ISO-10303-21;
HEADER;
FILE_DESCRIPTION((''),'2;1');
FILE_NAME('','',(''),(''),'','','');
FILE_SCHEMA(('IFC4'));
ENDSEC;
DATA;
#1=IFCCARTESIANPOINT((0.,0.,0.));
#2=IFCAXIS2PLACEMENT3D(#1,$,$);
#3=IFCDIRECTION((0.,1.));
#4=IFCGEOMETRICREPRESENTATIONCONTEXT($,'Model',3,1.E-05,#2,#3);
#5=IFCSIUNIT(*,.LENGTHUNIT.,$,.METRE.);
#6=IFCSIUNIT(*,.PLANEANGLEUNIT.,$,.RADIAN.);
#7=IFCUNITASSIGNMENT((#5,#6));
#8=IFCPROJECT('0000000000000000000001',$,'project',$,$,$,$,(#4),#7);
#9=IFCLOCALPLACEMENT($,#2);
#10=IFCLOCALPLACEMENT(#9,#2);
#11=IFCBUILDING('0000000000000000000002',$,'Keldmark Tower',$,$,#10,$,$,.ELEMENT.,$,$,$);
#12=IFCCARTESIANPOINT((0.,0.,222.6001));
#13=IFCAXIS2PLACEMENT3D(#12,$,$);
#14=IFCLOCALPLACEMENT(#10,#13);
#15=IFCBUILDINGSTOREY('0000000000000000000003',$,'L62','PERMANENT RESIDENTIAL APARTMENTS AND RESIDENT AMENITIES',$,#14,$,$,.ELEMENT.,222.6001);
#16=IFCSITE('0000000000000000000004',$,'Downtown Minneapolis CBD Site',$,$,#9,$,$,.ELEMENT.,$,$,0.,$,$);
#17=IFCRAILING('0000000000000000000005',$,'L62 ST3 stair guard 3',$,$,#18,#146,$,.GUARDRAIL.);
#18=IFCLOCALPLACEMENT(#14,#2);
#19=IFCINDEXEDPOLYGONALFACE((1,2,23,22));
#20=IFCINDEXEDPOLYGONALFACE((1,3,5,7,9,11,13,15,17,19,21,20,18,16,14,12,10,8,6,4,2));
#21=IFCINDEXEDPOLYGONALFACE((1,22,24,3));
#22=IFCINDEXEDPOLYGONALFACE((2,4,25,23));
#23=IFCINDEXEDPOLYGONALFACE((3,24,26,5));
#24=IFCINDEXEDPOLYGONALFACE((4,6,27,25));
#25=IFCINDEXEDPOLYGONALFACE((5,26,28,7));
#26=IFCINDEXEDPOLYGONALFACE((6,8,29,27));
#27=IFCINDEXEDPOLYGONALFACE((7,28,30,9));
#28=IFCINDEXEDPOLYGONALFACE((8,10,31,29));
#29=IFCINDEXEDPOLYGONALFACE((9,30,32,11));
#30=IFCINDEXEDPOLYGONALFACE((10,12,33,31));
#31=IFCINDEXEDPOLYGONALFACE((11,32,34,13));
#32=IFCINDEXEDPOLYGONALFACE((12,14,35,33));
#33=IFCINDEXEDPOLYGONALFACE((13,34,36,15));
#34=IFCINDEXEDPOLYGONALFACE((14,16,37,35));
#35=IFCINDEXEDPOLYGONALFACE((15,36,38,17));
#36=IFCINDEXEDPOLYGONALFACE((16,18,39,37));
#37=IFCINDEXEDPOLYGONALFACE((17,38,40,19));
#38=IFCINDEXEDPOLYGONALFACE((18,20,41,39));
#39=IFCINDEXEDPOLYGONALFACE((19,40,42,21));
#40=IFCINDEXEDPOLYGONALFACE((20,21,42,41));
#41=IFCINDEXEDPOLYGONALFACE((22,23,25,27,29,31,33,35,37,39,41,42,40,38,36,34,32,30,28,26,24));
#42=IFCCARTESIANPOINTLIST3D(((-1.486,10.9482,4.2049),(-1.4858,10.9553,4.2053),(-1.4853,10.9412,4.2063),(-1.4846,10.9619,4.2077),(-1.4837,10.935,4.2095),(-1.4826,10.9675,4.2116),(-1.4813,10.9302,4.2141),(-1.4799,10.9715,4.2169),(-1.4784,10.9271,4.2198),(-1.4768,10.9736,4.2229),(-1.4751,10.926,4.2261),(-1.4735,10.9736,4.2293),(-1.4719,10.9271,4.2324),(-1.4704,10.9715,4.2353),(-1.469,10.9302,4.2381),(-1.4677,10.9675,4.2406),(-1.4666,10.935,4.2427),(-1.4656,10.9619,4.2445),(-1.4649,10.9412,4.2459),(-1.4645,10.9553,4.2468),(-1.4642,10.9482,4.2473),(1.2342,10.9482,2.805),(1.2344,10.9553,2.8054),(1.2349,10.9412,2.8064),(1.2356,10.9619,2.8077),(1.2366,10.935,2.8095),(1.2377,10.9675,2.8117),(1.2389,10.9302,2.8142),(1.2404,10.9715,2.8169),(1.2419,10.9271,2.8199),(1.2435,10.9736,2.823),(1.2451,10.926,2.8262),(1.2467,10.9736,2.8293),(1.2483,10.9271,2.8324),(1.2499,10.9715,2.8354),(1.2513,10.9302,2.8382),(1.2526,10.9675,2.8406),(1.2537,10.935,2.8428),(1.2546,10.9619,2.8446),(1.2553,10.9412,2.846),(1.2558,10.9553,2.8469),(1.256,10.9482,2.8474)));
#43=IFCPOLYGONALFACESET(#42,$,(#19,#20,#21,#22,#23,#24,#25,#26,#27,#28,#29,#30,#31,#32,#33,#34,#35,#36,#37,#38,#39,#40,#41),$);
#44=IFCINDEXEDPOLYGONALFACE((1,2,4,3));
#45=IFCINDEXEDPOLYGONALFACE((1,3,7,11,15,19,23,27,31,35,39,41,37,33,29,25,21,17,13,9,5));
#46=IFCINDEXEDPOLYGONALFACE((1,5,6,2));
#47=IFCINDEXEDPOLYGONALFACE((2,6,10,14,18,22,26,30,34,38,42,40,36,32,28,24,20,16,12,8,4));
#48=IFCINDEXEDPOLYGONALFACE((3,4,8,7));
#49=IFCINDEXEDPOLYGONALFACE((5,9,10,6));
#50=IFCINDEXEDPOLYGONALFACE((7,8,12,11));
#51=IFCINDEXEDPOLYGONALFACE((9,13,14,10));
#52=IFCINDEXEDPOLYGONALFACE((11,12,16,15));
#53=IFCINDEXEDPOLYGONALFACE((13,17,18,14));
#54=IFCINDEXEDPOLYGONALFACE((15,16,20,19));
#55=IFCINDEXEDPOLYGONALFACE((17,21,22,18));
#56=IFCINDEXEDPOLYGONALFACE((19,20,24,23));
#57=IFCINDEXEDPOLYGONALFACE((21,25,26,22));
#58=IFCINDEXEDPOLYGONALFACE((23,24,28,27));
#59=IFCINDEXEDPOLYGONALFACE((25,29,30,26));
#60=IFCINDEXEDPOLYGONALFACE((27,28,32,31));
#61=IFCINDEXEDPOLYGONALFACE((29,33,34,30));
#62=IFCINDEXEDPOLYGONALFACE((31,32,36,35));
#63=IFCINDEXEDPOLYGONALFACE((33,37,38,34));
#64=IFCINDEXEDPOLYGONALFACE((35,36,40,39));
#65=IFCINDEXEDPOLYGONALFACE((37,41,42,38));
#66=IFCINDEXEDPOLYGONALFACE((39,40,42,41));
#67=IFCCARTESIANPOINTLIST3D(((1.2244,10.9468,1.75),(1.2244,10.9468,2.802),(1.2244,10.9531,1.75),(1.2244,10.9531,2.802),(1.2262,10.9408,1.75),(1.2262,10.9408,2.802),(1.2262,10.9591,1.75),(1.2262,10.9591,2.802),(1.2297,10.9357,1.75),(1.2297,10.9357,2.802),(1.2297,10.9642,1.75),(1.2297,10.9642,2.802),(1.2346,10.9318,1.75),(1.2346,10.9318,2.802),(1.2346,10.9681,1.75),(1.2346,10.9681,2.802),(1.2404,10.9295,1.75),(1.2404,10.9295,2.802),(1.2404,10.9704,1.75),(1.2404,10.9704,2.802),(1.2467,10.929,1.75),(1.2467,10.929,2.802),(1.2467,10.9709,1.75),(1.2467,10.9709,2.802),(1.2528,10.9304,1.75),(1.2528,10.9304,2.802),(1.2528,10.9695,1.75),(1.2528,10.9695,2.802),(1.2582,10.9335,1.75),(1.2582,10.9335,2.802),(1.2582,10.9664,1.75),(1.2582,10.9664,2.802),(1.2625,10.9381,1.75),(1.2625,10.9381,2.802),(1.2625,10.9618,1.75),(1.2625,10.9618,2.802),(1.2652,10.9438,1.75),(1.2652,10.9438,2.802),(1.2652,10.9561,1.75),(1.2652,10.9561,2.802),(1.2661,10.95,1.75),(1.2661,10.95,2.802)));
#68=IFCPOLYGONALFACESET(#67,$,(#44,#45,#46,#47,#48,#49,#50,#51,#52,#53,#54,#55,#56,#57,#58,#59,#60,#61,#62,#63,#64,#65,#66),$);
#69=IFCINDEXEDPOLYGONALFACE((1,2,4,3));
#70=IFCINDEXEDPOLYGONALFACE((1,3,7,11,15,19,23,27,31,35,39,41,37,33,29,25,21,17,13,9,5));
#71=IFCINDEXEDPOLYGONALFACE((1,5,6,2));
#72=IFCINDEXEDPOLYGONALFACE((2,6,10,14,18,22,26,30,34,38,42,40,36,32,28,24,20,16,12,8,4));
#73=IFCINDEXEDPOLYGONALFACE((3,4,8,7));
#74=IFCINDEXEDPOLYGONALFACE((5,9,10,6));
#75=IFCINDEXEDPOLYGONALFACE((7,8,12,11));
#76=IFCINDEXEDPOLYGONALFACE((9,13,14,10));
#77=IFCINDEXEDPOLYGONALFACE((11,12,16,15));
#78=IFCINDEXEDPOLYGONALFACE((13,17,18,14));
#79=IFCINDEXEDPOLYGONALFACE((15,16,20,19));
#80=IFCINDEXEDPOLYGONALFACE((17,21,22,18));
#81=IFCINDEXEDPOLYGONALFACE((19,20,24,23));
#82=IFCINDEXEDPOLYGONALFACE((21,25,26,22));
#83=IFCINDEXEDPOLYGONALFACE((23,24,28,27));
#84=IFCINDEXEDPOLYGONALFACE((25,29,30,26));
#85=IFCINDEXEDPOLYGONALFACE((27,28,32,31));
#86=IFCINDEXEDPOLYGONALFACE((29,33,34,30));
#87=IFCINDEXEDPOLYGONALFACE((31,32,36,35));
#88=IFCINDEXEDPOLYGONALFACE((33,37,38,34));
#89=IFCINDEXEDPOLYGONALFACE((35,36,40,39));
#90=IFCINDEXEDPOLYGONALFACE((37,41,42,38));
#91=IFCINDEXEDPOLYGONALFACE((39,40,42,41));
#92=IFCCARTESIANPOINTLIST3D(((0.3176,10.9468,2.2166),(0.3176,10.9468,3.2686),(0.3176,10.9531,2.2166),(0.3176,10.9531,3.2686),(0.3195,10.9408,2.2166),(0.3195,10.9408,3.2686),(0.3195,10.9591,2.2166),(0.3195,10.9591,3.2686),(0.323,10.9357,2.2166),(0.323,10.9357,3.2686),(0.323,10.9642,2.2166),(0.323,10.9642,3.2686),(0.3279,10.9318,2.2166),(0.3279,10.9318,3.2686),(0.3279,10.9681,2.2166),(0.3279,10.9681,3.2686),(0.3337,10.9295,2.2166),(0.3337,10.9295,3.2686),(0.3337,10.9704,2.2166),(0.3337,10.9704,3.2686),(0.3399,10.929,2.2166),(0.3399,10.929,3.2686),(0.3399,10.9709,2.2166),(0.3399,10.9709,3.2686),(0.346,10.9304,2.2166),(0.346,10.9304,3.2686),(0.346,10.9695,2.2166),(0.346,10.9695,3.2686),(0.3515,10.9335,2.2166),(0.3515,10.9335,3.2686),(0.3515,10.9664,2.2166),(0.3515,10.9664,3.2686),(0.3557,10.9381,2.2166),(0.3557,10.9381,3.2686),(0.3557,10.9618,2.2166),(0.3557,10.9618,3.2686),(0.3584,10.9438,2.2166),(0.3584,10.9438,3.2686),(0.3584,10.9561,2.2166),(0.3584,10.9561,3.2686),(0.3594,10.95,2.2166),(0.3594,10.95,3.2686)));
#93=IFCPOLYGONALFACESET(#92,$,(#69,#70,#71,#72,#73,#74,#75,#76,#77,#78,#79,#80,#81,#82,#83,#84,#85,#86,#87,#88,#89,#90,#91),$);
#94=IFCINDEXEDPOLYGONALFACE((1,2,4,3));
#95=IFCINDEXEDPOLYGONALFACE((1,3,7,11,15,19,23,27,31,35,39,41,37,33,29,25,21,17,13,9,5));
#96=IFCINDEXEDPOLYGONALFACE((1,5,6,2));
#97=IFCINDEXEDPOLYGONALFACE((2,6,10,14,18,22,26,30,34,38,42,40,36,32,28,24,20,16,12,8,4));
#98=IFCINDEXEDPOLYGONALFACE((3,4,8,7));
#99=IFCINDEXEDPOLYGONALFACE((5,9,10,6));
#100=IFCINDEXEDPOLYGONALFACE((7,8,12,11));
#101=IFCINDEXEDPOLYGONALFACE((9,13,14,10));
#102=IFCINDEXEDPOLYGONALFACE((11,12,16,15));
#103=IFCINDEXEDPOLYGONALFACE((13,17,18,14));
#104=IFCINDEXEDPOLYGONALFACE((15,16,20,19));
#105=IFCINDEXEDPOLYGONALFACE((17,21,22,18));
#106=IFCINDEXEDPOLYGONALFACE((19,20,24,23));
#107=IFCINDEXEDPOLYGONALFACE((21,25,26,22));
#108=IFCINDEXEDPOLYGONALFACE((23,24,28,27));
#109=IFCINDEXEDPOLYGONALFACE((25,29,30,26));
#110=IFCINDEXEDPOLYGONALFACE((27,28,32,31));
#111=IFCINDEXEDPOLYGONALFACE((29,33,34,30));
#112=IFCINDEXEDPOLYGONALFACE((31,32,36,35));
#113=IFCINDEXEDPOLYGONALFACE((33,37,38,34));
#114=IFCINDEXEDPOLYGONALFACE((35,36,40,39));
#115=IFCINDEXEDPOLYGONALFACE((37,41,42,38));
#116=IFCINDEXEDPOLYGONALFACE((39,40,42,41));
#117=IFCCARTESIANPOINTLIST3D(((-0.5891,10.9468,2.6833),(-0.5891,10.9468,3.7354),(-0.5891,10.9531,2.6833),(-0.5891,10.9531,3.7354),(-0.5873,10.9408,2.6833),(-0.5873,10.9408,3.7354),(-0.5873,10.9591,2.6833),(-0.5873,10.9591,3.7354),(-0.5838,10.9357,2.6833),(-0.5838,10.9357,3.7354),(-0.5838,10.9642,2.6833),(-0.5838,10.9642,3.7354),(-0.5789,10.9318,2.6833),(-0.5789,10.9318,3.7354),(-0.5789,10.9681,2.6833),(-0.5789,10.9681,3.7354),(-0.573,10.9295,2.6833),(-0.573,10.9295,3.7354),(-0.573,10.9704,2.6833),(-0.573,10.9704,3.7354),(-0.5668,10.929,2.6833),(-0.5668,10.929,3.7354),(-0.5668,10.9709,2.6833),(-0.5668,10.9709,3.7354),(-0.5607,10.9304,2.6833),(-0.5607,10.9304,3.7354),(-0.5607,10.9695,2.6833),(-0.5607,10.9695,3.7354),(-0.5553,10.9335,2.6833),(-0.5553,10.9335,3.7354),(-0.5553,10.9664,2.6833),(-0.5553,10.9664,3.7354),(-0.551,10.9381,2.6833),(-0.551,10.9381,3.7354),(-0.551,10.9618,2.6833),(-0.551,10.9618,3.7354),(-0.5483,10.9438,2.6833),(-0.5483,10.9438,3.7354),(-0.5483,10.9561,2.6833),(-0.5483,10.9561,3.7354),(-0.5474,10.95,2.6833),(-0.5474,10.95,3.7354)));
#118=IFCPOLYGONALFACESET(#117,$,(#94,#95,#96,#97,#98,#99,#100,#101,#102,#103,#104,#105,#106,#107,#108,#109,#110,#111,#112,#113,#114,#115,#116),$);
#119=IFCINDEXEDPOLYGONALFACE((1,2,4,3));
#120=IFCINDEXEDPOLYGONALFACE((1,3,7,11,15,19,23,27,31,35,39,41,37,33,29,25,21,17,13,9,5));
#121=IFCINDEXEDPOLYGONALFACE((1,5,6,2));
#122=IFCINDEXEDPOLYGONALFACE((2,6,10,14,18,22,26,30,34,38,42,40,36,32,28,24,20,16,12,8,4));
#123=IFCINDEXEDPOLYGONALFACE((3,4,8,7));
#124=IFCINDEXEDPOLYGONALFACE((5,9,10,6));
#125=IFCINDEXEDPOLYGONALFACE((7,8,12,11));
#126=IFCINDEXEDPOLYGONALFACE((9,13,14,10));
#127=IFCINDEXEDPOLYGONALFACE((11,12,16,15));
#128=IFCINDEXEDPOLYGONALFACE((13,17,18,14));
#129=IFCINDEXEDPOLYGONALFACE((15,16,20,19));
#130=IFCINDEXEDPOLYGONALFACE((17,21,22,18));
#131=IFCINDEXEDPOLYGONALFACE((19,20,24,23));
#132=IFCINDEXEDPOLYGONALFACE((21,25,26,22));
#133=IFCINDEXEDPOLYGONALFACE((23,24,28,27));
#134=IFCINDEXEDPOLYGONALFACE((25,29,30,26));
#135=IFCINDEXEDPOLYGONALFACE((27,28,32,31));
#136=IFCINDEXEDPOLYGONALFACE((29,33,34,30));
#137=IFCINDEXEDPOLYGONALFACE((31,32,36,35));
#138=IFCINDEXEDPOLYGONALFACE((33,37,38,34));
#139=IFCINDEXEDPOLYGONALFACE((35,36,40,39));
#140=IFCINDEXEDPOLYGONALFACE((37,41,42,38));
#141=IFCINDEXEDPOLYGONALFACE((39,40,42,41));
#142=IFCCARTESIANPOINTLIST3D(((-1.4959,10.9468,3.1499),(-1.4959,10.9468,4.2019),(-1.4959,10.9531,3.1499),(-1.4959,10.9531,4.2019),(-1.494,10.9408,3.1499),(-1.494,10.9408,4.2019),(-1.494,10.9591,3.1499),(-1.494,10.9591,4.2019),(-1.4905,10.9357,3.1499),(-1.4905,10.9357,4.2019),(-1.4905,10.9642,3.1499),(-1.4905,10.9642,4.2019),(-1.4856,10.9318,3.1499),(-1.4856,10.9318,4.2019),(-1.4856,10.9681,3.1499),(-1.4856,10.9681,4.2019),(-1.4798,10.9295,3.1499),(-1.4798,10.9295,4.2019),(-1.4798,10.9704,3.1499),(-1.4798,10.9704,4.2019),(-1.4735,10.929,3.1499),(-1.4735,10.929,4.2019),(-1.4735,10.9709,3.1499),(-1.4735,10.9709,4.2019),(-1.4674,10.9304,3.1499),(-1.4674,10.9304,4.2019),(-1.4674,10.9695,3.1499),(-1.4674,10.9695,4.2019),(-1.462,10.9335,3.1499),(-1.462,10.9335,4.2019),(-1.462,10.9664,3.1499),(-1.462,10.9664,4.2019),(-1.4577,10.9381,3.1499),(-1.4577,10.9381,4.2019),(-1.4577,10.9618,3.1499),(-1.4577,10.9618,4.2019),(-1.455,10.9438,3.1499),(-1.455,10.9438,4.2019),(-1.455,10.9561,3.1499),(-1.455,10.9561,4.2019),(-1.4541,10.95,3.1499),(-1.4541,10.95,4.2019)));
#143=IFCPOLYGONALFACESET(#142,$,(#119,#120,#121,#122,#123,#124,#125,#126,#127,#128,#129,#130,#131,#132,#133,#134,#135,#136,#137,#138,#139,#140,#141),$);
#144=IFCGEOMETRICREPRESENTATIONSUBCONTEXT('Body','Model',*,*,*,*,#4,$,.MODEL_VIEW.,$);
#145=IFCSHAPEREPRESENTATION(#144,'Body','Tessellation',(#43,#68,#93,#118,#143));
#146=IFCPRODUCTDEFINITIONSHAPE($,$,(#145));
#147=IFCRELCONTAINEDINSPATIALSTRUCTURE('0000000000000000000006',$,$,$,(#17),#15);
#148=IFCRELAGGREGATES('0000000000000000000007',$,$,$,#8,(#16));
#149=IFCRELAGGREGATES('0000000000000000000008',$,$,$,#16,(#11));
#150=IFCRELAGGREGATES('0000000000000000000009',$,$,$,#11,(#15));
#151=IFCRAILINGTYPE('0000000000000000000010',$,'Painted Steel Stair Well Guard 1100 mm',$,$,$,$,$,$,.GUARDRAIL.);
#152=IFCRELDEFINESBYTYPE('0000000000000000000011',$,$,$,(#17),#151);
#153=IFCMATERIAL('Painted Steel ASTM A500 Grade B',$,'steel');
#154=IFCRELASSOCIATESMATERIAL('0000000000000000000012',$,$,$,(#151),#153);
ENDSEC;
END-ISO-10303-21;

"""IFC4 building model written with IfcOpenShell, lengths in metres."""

from ifc_helpers import new_model, si_unit, direction, frame, origin, origin_2d, place, context, subcontext, project, spatial, circle, extrude, material, type_object, element, save


model = new_model("IFC4")

# Units and contexts
model_context = context("Model", 3, precision=1e-05, world=origin(), true_north=direction((0.0, 1.0)))
body_context = subcontext(model_context, "Body", "Model", "MODEL_VIEW")
ifc_project = project(units=[si_unit("LENGTHUNIT", "METRE"), si_unit("PLANEANGLEUNIT", "RADIAN")], contexts=[model_context])

# Site, building, storey
site_placement = place(None, origin())
site = spatial("IfcSite", under=ifc_project, at=site_placement, Name="Downtown Minneapolis CBD Site", CompositionType="ELEMENT", RefElevation=0.0)
building_placement = place(site_placement, origin())
building = spatial("IfcBuilding", under=site, at=building_placement, Name="Keldmark Tower", CompositionType="ELEMENT")
storey_placement = place(building_placement, frame((0.0, 0.0, 222.6001)))
storey = spatial("IfcBuildingStorey", under=building, at=storey_placement, Name="L62", Description="PERMANENT RESIDENTIAL APARTMENTS AND RESIDENT AMENITIES", CompositionType="ELEMENT", Elevation=222.6001)

# Railing
ifc_material_1 = material(Name="Painted Steel ASTM A500 Grade B", Category="steel")
railing_type_1 = type_object("IfcRailingType", Name="Painted Steel Stair Well Guard 1100 mm", PredefinedType="GUARDRAIL", material=ifc_material_1)
railing_1_placement = place(storey_placement, frame((1.2451, 10.95, 1.75)))
element("IfcRailing", 1, at=railing_1_placement, inside=storey, type_object=railing_type_1, Name="L62 ST3 stair guard 3", PredefinedType="GUARDRAIL", context=body_context, shape_type="SweptSolid", body=[
    extrude(circle(Radius=0.0239, at=origin_2d()), frame((0.0, 0.0, 1.0762), z_axis=(-0.889164, 0.0, 0.45759), x_axis=(0.0, -1.0, 0.0)), (0.0, 0.0, 1.0), 3.0593),
    extrude(circle(Radius=0.021, at=origin_2d()), origin(), (0.0, 0.0, 1.0), 1.052),
    extrude(circle(Radius=0.021, at=origin_2d()), frame((-0.9067, 0.0, 0.4666)), (0.0, 0.0, 1.0), 1.052),
    extrude(circle(Radius=0.021, at=origin_2d()), frame((-1.8135, 0.0, 0.9333)), (0.0, 0.0, 1.0), 1.052),
    extrude(circle(Radius=0.021, at=origin_2d()), frame((-2.7202, 0.0, 1.3999)), (0.0, 0.0, 1.0), 1.052),
])

save(model, "model.ifc")
